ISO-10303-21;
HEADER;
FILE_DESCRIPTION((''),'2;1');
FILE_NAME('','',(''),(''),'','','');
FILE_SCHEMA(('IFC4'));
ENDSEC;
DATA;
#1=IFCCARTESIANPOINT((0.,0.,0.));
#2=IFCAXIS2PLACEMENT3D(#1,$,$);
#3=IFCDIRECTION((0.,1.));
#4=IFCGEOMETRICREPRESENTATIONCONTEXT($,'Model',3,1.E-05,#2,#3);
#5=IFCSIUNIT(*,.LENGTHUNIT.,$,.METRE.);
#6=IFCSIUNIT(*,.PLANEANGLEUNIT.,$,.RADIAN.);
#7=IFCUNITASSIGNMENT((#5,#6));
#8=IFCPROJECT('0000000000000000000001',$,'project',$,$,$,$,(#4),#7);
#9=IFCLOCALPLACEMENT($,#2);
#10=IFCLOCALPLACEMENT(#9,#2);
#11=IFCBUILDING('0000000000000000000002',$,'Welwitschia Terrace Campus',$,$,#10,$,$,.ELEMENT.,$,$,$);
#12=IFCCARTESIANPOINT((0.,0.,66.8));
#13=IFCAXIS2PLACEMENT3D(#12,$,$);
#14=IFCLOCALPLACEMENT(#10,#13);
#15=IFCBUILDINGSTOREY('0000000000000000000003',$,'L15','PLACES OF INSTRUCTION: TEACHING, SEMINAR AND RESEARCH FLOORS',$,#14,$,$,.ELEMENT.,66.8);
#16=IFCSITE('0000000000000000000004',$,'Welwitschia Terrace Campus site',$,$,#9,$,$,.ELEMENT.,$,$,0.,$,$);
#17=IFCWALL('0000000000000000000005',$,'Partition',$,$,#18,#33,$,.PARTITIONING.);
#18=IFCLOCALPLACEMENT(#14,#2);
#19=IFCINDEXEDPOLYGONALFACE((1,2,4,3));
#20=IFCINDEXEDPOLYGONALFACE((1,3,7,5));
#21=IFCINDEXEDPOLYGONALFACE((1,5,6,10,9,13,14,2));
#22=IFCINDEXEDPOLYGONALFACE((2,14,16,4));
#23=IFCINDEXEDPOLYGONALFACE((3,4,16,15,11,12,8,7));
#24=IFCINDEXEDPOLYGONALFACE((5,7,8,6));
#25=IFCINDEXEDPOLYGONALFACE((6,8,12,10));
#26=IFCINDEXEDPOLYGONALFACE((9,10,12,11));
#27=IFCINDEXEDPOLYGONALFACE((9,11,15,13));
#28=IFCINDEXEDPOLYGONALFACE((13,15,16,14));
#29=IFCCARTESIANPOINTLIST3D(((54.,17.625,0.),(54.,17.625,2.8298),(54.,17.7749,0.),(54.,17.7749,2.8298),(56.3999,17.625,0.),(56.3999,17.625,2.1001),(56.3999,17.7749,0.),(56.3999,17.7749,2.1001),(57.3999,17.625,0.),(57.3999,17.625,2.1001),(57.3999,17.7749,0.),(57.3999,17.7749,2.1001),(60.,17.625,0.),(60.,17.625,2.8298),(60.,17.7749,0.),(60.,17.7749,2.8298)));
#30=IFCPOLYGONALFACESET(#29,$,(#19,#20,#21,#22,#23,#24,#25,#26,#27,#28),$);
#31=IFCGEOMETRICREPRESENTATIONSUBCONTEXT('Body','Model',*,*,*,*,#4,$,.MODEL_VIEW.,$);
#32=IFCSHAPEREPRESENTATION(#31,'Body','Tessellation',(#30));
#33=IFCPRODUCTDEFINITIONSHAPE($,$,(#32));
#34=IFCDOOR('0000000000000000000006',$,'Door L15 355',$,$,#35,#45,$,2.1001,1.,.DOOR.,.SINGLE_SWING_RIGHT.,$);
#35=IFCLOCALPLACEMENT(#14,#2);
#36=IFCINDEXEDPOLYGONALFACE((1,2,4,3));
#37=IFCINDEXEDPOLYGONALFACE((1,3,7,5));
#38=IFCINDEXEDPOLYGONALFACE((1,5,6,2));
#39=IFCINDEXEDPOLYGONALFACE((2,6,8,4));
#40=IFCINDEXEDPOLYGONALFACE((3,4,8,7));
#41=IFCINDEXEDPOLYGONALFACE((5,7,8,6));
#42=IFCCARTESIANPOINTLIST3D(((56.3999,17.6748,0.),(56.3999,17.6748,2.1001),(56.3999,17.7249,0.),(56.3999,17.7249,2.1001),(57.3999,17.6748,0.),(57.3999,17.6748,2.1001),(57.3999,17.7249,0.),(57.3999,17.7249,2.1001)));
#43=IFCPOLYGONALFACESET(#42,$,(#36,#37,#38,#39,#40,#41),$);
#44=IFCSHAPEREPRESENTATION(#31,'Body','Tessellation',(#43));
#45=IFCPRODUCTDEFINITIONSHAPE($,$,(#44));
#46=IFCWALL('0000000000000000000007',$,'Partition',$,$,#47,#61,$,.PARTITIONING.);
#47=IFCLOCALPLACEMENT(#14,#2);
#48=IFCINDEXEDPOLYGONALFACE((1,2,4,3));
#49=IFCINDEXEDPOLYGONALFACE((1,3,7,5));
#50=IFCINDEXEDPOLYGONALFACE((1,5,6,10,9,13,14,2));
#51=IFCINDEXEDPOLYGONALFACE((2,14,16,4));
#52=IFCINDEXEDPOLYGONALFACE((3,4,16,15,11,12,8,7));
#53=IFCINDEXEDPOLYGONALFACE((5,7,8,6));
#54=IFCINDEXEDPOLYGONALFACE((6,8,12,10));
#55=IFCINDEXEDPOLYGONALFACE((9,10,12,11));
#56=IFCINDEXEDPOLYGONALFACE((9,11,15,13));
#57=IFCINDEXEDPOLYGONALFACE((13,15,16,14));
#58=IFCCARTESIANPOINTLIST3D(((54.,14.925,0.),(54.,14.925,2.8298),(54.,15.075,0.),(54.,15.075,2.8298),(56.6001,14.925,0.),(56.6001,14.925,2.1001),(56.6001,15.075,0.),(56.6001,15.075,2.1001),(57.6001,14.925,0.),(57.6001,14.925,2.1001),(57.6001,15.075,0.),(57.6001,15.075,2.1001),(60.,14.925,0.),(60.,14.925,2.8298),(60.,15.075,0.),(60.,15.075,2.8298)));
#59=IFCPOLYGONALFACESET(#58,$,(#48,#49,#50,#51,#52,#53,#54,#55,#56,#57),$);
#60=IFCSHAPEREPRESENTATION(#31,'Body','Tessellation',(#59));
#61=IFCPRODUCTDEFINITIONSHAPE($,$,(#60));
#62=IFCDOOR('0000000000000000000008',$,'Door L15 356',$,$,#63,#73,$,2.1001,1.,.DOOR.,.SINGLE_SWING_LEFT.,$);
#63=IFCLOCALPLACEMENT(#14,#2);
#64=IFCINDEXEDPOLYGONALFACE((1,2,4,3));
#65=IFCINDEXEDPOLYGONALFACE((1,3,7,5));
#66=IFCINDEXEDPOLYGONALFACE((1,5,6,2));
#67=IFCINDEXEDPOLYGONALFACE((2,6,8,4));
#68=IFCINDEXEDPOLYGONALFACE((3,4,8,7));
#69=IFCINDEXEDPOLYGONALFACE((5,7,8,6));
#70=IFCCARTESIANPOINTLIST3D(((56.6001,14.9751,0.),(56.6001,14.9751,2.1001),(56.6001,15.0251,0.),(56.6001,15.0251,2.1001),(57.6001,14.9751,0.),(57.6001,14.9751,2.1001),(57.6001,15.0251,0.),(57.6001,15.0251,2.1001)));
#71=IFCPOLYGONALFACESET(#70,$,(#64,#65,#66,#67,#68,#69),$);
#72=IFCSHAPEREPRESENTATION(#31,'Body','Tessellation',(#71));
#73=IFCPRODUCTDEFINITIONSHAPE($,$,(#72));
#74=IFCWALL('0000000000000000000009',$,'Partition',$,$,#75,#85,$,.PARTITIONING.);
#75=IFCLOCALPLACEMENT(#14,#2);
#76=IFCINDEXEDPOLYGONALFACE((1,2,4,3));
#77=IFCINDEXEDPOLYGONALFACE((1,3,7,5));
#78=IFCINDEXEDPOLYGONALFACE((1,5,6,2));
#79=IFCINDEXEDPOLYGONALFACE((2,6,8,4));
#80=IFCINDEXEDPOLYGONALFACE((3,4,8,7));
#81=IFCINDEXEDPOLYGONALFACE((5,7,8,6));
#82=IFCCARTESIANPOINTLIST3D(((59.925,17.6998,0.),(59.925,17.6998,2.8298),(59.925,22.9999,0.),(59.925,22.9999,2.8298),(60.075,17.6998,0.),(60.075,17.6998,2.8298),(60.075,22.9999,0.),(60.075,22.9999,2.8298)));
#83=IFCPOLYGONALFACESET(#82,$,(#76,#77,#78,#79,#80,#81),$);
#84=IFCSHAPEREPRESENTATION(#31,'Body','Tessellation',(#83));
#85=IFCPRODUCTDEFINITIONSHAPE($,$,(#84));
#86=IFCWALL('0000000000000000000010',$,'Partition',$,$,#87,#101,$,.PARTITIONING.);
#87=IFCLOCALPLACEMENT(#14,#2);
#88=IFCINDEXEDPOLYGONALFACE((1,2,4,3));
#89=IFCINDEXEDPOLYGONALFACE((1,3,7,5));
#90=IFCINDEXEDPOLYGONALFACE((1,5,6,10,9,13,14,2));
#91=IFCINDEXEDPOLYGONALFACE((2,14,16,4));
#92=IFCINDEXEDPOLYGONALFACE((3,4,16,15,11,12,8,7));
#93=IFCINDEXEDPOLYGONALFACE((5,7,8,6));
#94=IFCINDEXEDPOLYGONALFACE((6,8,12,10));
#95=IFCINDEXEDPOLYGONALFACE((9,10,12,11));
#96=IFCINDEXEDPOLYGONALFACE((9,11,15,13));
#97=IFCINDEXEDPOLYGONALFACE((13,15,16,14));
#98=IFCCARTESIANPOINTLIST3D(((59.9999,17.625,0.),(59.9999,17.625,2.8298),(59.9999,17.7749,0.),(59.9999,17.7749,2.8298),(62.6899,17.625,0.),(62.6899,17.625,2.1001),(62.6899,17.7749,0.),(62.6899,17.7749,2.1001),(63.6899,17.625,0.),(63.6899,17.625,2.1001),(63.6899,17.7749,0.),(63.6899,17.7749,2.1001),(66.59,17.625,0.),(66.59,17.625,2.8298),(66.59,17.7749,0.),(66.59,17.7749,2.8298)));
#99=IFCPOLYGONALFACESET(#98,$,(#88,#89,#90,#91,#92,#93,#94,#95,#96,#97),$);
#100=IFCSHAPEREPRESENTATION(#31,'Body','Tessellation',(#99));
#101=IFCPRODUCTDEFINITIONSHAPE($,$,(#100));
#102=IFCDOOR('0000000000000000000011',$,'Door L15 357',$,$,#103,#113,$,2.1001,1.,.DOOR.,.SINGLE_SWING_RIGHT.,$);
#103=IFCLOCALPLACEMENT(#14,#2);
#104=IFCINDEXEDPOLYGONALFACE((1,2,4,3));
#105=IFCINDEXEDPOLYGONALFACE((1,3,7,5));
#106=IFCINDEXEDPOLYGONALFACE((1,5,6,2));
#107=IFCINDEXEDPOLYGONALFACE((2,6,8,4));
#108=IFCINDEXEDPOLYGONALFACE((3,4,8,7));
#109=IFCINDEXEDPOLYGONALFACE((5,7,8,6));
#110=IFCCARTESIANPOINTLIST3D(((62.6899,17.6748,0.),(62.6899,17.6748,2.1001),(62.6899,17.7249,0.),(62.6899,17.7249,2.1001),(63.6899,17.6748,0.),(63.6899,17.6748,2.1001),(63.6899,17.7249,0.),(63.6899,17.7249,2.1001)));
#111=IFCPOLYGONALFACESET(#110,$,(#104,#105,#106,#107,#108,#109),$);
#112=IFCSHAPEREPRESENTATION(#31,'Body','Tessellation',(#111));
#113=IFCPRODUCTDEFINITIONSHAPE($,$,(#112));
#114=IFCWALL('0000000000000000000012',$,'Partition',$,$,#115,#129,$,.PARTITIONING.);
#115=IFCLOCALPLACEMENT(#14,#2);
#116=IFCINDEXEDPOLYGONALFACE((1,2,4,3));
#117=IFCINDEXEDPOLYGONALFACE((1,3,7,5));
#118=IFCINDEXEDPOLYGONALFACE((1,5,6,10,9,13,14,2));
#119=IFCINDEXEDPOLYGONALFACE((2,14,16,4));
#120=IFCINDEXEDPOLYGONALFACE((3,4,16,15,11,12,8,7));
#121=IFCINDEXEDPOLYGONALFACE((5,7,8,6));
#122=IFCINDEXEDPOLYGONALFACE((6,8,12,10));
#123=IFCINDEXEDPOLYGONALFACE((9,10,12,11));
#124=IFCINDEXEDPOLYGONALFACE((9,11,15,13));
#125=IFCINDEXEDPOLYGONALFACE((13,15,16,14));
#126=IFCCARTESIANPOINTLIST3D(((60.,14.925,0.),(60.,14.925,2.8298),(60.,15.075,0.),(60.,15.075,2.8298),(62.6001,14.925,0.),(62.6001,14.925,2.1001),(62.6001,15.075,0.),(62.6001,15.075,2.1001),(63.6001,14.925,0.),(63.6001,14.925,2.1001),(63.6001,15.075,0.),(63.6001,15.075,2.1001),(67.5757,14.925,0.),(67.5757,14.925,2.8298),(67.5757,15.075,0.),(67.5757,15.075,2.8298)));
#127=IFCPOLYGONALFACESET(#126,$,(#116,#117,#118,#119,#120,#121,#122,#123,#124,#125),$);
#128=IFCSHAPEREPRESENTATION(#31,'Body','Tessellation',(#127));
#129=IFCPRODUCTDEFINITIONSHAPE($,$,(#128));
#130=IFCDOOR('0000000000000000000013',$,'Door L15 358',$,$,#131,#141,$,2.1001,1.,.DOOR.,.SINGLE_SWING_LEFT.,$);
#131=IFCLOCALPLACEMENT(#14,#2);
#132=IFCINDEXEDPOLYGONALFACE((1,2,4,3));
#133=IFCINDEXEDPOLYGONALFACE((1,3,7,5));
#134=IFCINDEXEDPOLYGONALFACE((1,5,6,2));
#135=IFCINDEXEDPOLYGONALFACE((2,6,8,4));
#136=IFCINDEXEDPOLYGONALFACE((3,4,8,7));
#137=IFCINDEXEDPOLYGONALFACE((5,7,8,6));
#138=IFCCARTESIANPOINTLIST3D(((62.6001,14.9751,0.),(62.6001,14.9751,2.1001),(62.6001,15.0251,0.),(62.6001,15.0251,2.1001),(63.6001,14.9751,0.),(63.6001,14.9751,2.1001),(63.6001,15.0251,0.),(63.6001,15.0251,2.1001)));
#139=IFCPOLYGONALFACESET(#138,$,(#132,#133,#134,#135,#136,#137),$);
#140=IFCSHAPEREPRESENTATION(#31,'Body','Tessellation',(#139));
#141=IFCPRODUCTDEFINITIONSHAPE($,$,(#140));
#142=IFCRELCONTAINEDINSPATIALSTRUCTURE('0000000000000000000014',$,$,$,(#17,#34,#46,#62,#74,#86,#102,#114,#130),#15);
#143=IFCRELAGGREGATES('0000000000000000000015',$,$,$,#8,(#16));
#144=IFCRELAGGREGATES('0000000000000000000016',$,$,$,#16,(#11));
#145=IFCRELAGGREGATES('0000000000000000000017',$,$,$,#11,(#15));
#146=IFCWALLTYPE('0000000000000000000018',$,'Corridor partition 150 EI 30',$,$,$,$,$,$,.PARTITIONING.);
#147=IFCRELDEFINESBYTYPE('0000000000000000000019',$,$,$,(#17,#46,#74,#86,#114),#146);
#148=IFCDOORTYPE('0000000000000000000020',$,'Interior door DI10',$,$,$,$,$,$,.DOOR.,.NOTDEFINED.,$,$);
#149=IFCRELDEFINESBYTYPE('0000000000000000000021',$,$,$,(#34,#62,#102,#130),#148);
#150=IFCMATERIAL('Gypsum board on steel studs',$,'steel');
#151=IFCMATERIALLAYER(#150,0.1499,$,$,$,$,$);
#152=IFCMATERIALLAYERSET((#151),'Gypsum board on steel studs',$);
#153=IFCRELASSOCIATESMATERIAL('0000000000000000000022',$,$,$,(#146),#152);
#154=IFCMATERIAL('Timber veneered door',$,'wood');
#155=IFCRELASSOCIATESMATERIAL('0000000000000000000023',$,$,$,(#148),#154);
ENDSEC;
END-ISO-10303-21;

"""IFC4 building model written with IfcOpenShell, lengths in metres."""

from ifc_helpers import new_model, si_unit, direction, frame, frame_2d, origin, place, context, subcontext, project, spatial, rectangle, extrude, material, layer, layer_set, type_object, element, fill, save


model = new_model("IFC4")

# Units and contexts
model_context = context("Model", 3, precision=1e-05, world=origin(), true_north=direction((0.0, 1.0)))
body_context = subcontext(model_context, "Body", "Model", "MODEL_VIEW")
ifc_project = project(units=[si_unit("LENGTHUNIT", "METRE"), si_unit("PLANEANGLEUNIT", "RADIAN")], contexts=[model_context])

# Site, building, storey
site_placement = place(None, origin())
site = spatial("IfcSite", under=ifc_project, at=site_placement, Name="Welwitschia Terrace Campus site", CompositionType="ELEMENT", RefElevation=0.0)
building_placement = place(site_placement, origin())
building = spatial("IfcBuilding", under=site, at=building_placement, Name="Welwitschia Terrace Campus", CompositionType="ELEMENT")
storey_placement = place(building_placement, frame((0.0, 0.0, 66.8)))
storey = spatial("IfcBuildingStorey", under=building, at=storey_placement, Name="L15", Description="PLACES OF INSTRUCTION: TEACHING, SEMINAR AND RESEARCH FLOORS", CompositionType="ELEMENT", Elevation=66.8)

# Shared definitions
ifc_material_1 = material(Name="Gypsum board on steel studs", Category="steel")
ifc_layer_1 = layer(ifc_material_1, 0.1499)
ifc_layer_set_1 = layer_set([ifc_layer_1], Name="Gypsum board on steel studs")
wall_type = type_object("IfcWallType", Name="Corridor partition 150 EI 30", PredefinedType="PARTITIONING", material=ifc_layer_set_1)

# Walls, openings, doors
wall_1_placement = place(storey_placement, frame((54.0, 17.7, 0.0), z_axis=(0.0, 0.0, 1.0), x_axis=(1.0, 0.0, 0.0)))
wall_1 = element("IfcWall", 1, at=wall_1_placement, inside=storey, type_object=wall_type, Name="Partition", PredefinedType="PARTITIONING", context=body_context, shape_type="SweptSolid", body=[
    extrude(rectangle(XDim=6.0, YDim=0.1499, at=frame_2d((3.0, 0.0))), origin(), (0.0, 0.0, 1.0), 2.8298),
])
opening_1_placement = place(wall_1_placement, frame((2.3999, 0.0, 0.0)))
opening_1 = element("IfcOpeningElement", 2, at=opening_1_placement, cuts=wall_1, PredefinedType="OPENING", context=body_context, shape_type="SweptSolid", body=[
    extrude(rectangle(XDim=1.0, YDim=2.1001, at=frame_2d((0.5, 1.05))), frame((0.0, 0.085, 0.0), z_axis=(0.0, -1.0, 0.0), x_axis=(1.0, 0.0, 0.0)), (0.0, 0.0, 1.0), 0.1699),
])
ifc_material_2 = material(Name="Timber veneered door", Category="wood")
door_type = type_object("IfcDoorType", Name="Interior door DI10", OperationType="NOTDEFINED", PredefinedType="DOOR", material=ifc_material_2)
door_1_placement = place(opening_1_placement, origin())
door_1 = element("IfcDoor", 3, at=door_1_placement, inside=storey, type_object=door_type, Name="Door L15 355", OperationType="SINGLE_SWING_RIGHT", OverallHeight=2.1001, OverallWidth=1.0, PredefinedType="DOOR", context=body_context, shape_type="SweptSolid", body=[
    extrude(rectangle(XDim=1.0, YDim=2.1001, at=frame_2d((0.5, 1.05))), frame((0.0, 0.0249, 0.0), z_axis=(0.0, -1.0, 0.0), x_axis=(1.0, 0.0, 0.0)), (0.0, 0.0, 1.0), 0.05),
])
fill(opening_1, door_1)
wall_2_placement = place(storey_placement, frame((60.0, 15.0, 0.0), z_axis=(0.0, 0.0, 1.0), x_axis=(-1.0, 0.0, 0.0)))
wall_2 = element("IfcWall", 4, at=wall_2_placement, inside=storey, type_object=wall_type, Name="Partition", PredefinedType="PARTITIONING", context=body_context, shape_type="SweptSolid", body=[
    extrude(rectangle(XDim=6.0, YDim=0.1499, at=frame_2d((3.0, 0.0))), origin(), (0.0, 0.0, 1.0), 2.8298),
])
opening_2_placement = place(wall_2_placement, frame((2.3999, 0.0, 0.0)))
opening_2 = element("IfcOpeningElement", 5, at=opening_2_placement, cuts=wall_2, PredefinedType="OPENING", context=body_context, shape_type="SweptSolid", body=[
    extrude(rectangle(XDim=1.0, YDim=2.1001, at=frame_2d((0.5, 1.05))), frame((0.0, 0.085, 0.0), z_axis=(0.0, -1.0, 0.0), x_axis=(1.0, 0.0, 0.0)), (0.0, 0.0, 1.0), 0.1699),
])
door_2_placement = place(opening_2_placement, origin())
door_2 = element("IfcDoor", 6, at=door_2_placement, inside=storey, type_object=door_type, Name="Door L15 356", OperationType="SINGLE_SWING_LEFT", OverallHeight=2.1001, OverallWidth=1.0, PredefinedType="DOOR", context=body_context, shape_type="SweptSolid", body=[
    extrude(rectangle(XDim=1.0, YDim=2.1001, at=frame_2d((0.5, 1.05))), frame((0.0, 0.0249, 0.0), z_axis=(0.0, -1.0, 0.0), x_axis=(1.0, 0.0, 0.0)), (0.0, 0.0, 1.0), 0.05),
])
fill(opening_2, door_2)

# Wall
wall_3_placement = place(storey_placement, frame((60.0, 17.7, 0.0), z_axis=(0.0, 0.0, 1.0), x_axis=(0.0, 1.0, 0.0)))
element("IfcWall", 7, at=wall_3_placement, inside=storey, type_object=wall_type, Name="Partition", PredefinedType="PARTITIONING", context=body_context, shape_type="SweptSolid", body=[
    extrude(rectangle(XDim=5.3, YDim=0.1499, at=frame_2d((2.6499, 0.0))), origin(), (0.0, 0.0, 1.0), 2.8298),
])

# Walls, openings, doors
wall_4_placement = place(storey_placement, frame((60.0, 17.7, 0.0), z_axis=(0.0, 0.0, 1.0), x_axis=(1.0, 0.0, 0.0)))
wall_4 = element("IfcWall", 8, at=wall_4_placement, inside=storey, type_object=wall_type, Name="Partition", PredefinedType="PARTITIONING", context=body_context, shape_type="SweptSolid", body=[
    extrude(rectangle(XDim=6.5901, YDim=0.1499, at=frame_2d((3.2949, 0.0))), origin(), (0.0, 0.0, 1.0), 2.8298),
])
opening_3_placement = place(wall_4_placement, frame((2.6899, 0.0, 0.0)))
opening_3 = element("IfcOpeningElement", 9, at=opening_3_placement, cuts=wall_4, PredefinedType="OPENING", context=body_context, shape_type="SweptSolid", body=[
    extrude(rectangle(XDim=1.0, YDim=2.1001, at=frame_2d((0.5, 1.05))), frame((0.0, 0.085, 0.0), z_axis=(0.0, -1.0, 0.0), x_axis=(1.0, 0.0, 0.0)), (0.0, 0.0, 1.0), 0.1699),
])
door_3_placement = place(opening_3_placement, origin())
door_3 = element("IfcDoor", 10, at=door_3_placement, inside=storey, type_object=door_type, Name="Door L15 357", OperationType="SINGLE_SWING_RIGHT", OverallHeight=2.1001, OverallWidth=1.0, PredefinedType="DOOR", context=body_context, shape_type="SweptSolid", body=[
    extrude(rectangle(XDim=1.0, YDim=2.1001, at=frame_2d((0.5, 1.05))), frame((0.0, 0.0249, 0.0), z_axis=(0.0, -1.0, 0.0), x_axis=(1.0, 0.0, 0.0)), (0.0, 0.0, 1.0), 0.05),
])
fill(opening_3, door_3)
wall_5_placement = place(storey_placement, frame((67.5757, 15.0, 0.0), z_axis=(0.0, 0.0, 1.0), x_axis=(-1.0, 0.0, 0.0)))
wall_5 = element("IfcWall", 11, at=wall_5_placement, inside=storey, type_object=wall_type, Name="Partition", PredefinedType="PARTITIONING", context=body_context, shape_type="SweptSolid", body=[
    extrude(rectangle(XDim=7.5757, YDim=0.1499, at=frame_2d((3.7878, 0.0))), origin(), (0.0, 0.0, 1.0), 2.8298),
])
opening_4_placement = place(wall_5_placement, frame((3.9756, 0.0, 0.0)))
opening_4 = element("IfcOpeningElement", 12, at=opening_4_placement, cuts=wall_5, PredefinedType="OPENING", context=body_context, shape_type="SweptSolid", body=[
    extrude(rectangle(XDim=1.0, YDim=2.1001, at=frame_2d((0.5, 1.05))), frame((0.0, 0.085, 0.0), z_axis=(0.0, -1.0, 0.0), x_axis=(1.0, 0.0, 0.0)), (0.0, 0.0, 1.0), 0.1699),
])
door_4_placement = place(opening_4_placement, origin())
door_4 = element("IfcDoor", 13, at=door_4_placement, inside=storey, type_object=door_type, Name="Door L15 358", OperationType="SINGLE_SWING_LEFT", OverallHeight=2.1001, OverallWidth=1.0, PredefinedType="DOOR", context=body_context, shape_type="SweptSolid", body=[
    extrude(rectangle(XDim=1.0, YDim=2.1001, at=frame_2d((0.5, 1.05))), frame((0.0, 0.0249, 0.0), z_axis=(0.0, -1.0, 0.0), x_axis=(1.0, 0.0, 0.0)), (0.0, 0.0, 1.0), 0.05),
])
fill(opening_4, door_4)

save(model, "model.ifc")
